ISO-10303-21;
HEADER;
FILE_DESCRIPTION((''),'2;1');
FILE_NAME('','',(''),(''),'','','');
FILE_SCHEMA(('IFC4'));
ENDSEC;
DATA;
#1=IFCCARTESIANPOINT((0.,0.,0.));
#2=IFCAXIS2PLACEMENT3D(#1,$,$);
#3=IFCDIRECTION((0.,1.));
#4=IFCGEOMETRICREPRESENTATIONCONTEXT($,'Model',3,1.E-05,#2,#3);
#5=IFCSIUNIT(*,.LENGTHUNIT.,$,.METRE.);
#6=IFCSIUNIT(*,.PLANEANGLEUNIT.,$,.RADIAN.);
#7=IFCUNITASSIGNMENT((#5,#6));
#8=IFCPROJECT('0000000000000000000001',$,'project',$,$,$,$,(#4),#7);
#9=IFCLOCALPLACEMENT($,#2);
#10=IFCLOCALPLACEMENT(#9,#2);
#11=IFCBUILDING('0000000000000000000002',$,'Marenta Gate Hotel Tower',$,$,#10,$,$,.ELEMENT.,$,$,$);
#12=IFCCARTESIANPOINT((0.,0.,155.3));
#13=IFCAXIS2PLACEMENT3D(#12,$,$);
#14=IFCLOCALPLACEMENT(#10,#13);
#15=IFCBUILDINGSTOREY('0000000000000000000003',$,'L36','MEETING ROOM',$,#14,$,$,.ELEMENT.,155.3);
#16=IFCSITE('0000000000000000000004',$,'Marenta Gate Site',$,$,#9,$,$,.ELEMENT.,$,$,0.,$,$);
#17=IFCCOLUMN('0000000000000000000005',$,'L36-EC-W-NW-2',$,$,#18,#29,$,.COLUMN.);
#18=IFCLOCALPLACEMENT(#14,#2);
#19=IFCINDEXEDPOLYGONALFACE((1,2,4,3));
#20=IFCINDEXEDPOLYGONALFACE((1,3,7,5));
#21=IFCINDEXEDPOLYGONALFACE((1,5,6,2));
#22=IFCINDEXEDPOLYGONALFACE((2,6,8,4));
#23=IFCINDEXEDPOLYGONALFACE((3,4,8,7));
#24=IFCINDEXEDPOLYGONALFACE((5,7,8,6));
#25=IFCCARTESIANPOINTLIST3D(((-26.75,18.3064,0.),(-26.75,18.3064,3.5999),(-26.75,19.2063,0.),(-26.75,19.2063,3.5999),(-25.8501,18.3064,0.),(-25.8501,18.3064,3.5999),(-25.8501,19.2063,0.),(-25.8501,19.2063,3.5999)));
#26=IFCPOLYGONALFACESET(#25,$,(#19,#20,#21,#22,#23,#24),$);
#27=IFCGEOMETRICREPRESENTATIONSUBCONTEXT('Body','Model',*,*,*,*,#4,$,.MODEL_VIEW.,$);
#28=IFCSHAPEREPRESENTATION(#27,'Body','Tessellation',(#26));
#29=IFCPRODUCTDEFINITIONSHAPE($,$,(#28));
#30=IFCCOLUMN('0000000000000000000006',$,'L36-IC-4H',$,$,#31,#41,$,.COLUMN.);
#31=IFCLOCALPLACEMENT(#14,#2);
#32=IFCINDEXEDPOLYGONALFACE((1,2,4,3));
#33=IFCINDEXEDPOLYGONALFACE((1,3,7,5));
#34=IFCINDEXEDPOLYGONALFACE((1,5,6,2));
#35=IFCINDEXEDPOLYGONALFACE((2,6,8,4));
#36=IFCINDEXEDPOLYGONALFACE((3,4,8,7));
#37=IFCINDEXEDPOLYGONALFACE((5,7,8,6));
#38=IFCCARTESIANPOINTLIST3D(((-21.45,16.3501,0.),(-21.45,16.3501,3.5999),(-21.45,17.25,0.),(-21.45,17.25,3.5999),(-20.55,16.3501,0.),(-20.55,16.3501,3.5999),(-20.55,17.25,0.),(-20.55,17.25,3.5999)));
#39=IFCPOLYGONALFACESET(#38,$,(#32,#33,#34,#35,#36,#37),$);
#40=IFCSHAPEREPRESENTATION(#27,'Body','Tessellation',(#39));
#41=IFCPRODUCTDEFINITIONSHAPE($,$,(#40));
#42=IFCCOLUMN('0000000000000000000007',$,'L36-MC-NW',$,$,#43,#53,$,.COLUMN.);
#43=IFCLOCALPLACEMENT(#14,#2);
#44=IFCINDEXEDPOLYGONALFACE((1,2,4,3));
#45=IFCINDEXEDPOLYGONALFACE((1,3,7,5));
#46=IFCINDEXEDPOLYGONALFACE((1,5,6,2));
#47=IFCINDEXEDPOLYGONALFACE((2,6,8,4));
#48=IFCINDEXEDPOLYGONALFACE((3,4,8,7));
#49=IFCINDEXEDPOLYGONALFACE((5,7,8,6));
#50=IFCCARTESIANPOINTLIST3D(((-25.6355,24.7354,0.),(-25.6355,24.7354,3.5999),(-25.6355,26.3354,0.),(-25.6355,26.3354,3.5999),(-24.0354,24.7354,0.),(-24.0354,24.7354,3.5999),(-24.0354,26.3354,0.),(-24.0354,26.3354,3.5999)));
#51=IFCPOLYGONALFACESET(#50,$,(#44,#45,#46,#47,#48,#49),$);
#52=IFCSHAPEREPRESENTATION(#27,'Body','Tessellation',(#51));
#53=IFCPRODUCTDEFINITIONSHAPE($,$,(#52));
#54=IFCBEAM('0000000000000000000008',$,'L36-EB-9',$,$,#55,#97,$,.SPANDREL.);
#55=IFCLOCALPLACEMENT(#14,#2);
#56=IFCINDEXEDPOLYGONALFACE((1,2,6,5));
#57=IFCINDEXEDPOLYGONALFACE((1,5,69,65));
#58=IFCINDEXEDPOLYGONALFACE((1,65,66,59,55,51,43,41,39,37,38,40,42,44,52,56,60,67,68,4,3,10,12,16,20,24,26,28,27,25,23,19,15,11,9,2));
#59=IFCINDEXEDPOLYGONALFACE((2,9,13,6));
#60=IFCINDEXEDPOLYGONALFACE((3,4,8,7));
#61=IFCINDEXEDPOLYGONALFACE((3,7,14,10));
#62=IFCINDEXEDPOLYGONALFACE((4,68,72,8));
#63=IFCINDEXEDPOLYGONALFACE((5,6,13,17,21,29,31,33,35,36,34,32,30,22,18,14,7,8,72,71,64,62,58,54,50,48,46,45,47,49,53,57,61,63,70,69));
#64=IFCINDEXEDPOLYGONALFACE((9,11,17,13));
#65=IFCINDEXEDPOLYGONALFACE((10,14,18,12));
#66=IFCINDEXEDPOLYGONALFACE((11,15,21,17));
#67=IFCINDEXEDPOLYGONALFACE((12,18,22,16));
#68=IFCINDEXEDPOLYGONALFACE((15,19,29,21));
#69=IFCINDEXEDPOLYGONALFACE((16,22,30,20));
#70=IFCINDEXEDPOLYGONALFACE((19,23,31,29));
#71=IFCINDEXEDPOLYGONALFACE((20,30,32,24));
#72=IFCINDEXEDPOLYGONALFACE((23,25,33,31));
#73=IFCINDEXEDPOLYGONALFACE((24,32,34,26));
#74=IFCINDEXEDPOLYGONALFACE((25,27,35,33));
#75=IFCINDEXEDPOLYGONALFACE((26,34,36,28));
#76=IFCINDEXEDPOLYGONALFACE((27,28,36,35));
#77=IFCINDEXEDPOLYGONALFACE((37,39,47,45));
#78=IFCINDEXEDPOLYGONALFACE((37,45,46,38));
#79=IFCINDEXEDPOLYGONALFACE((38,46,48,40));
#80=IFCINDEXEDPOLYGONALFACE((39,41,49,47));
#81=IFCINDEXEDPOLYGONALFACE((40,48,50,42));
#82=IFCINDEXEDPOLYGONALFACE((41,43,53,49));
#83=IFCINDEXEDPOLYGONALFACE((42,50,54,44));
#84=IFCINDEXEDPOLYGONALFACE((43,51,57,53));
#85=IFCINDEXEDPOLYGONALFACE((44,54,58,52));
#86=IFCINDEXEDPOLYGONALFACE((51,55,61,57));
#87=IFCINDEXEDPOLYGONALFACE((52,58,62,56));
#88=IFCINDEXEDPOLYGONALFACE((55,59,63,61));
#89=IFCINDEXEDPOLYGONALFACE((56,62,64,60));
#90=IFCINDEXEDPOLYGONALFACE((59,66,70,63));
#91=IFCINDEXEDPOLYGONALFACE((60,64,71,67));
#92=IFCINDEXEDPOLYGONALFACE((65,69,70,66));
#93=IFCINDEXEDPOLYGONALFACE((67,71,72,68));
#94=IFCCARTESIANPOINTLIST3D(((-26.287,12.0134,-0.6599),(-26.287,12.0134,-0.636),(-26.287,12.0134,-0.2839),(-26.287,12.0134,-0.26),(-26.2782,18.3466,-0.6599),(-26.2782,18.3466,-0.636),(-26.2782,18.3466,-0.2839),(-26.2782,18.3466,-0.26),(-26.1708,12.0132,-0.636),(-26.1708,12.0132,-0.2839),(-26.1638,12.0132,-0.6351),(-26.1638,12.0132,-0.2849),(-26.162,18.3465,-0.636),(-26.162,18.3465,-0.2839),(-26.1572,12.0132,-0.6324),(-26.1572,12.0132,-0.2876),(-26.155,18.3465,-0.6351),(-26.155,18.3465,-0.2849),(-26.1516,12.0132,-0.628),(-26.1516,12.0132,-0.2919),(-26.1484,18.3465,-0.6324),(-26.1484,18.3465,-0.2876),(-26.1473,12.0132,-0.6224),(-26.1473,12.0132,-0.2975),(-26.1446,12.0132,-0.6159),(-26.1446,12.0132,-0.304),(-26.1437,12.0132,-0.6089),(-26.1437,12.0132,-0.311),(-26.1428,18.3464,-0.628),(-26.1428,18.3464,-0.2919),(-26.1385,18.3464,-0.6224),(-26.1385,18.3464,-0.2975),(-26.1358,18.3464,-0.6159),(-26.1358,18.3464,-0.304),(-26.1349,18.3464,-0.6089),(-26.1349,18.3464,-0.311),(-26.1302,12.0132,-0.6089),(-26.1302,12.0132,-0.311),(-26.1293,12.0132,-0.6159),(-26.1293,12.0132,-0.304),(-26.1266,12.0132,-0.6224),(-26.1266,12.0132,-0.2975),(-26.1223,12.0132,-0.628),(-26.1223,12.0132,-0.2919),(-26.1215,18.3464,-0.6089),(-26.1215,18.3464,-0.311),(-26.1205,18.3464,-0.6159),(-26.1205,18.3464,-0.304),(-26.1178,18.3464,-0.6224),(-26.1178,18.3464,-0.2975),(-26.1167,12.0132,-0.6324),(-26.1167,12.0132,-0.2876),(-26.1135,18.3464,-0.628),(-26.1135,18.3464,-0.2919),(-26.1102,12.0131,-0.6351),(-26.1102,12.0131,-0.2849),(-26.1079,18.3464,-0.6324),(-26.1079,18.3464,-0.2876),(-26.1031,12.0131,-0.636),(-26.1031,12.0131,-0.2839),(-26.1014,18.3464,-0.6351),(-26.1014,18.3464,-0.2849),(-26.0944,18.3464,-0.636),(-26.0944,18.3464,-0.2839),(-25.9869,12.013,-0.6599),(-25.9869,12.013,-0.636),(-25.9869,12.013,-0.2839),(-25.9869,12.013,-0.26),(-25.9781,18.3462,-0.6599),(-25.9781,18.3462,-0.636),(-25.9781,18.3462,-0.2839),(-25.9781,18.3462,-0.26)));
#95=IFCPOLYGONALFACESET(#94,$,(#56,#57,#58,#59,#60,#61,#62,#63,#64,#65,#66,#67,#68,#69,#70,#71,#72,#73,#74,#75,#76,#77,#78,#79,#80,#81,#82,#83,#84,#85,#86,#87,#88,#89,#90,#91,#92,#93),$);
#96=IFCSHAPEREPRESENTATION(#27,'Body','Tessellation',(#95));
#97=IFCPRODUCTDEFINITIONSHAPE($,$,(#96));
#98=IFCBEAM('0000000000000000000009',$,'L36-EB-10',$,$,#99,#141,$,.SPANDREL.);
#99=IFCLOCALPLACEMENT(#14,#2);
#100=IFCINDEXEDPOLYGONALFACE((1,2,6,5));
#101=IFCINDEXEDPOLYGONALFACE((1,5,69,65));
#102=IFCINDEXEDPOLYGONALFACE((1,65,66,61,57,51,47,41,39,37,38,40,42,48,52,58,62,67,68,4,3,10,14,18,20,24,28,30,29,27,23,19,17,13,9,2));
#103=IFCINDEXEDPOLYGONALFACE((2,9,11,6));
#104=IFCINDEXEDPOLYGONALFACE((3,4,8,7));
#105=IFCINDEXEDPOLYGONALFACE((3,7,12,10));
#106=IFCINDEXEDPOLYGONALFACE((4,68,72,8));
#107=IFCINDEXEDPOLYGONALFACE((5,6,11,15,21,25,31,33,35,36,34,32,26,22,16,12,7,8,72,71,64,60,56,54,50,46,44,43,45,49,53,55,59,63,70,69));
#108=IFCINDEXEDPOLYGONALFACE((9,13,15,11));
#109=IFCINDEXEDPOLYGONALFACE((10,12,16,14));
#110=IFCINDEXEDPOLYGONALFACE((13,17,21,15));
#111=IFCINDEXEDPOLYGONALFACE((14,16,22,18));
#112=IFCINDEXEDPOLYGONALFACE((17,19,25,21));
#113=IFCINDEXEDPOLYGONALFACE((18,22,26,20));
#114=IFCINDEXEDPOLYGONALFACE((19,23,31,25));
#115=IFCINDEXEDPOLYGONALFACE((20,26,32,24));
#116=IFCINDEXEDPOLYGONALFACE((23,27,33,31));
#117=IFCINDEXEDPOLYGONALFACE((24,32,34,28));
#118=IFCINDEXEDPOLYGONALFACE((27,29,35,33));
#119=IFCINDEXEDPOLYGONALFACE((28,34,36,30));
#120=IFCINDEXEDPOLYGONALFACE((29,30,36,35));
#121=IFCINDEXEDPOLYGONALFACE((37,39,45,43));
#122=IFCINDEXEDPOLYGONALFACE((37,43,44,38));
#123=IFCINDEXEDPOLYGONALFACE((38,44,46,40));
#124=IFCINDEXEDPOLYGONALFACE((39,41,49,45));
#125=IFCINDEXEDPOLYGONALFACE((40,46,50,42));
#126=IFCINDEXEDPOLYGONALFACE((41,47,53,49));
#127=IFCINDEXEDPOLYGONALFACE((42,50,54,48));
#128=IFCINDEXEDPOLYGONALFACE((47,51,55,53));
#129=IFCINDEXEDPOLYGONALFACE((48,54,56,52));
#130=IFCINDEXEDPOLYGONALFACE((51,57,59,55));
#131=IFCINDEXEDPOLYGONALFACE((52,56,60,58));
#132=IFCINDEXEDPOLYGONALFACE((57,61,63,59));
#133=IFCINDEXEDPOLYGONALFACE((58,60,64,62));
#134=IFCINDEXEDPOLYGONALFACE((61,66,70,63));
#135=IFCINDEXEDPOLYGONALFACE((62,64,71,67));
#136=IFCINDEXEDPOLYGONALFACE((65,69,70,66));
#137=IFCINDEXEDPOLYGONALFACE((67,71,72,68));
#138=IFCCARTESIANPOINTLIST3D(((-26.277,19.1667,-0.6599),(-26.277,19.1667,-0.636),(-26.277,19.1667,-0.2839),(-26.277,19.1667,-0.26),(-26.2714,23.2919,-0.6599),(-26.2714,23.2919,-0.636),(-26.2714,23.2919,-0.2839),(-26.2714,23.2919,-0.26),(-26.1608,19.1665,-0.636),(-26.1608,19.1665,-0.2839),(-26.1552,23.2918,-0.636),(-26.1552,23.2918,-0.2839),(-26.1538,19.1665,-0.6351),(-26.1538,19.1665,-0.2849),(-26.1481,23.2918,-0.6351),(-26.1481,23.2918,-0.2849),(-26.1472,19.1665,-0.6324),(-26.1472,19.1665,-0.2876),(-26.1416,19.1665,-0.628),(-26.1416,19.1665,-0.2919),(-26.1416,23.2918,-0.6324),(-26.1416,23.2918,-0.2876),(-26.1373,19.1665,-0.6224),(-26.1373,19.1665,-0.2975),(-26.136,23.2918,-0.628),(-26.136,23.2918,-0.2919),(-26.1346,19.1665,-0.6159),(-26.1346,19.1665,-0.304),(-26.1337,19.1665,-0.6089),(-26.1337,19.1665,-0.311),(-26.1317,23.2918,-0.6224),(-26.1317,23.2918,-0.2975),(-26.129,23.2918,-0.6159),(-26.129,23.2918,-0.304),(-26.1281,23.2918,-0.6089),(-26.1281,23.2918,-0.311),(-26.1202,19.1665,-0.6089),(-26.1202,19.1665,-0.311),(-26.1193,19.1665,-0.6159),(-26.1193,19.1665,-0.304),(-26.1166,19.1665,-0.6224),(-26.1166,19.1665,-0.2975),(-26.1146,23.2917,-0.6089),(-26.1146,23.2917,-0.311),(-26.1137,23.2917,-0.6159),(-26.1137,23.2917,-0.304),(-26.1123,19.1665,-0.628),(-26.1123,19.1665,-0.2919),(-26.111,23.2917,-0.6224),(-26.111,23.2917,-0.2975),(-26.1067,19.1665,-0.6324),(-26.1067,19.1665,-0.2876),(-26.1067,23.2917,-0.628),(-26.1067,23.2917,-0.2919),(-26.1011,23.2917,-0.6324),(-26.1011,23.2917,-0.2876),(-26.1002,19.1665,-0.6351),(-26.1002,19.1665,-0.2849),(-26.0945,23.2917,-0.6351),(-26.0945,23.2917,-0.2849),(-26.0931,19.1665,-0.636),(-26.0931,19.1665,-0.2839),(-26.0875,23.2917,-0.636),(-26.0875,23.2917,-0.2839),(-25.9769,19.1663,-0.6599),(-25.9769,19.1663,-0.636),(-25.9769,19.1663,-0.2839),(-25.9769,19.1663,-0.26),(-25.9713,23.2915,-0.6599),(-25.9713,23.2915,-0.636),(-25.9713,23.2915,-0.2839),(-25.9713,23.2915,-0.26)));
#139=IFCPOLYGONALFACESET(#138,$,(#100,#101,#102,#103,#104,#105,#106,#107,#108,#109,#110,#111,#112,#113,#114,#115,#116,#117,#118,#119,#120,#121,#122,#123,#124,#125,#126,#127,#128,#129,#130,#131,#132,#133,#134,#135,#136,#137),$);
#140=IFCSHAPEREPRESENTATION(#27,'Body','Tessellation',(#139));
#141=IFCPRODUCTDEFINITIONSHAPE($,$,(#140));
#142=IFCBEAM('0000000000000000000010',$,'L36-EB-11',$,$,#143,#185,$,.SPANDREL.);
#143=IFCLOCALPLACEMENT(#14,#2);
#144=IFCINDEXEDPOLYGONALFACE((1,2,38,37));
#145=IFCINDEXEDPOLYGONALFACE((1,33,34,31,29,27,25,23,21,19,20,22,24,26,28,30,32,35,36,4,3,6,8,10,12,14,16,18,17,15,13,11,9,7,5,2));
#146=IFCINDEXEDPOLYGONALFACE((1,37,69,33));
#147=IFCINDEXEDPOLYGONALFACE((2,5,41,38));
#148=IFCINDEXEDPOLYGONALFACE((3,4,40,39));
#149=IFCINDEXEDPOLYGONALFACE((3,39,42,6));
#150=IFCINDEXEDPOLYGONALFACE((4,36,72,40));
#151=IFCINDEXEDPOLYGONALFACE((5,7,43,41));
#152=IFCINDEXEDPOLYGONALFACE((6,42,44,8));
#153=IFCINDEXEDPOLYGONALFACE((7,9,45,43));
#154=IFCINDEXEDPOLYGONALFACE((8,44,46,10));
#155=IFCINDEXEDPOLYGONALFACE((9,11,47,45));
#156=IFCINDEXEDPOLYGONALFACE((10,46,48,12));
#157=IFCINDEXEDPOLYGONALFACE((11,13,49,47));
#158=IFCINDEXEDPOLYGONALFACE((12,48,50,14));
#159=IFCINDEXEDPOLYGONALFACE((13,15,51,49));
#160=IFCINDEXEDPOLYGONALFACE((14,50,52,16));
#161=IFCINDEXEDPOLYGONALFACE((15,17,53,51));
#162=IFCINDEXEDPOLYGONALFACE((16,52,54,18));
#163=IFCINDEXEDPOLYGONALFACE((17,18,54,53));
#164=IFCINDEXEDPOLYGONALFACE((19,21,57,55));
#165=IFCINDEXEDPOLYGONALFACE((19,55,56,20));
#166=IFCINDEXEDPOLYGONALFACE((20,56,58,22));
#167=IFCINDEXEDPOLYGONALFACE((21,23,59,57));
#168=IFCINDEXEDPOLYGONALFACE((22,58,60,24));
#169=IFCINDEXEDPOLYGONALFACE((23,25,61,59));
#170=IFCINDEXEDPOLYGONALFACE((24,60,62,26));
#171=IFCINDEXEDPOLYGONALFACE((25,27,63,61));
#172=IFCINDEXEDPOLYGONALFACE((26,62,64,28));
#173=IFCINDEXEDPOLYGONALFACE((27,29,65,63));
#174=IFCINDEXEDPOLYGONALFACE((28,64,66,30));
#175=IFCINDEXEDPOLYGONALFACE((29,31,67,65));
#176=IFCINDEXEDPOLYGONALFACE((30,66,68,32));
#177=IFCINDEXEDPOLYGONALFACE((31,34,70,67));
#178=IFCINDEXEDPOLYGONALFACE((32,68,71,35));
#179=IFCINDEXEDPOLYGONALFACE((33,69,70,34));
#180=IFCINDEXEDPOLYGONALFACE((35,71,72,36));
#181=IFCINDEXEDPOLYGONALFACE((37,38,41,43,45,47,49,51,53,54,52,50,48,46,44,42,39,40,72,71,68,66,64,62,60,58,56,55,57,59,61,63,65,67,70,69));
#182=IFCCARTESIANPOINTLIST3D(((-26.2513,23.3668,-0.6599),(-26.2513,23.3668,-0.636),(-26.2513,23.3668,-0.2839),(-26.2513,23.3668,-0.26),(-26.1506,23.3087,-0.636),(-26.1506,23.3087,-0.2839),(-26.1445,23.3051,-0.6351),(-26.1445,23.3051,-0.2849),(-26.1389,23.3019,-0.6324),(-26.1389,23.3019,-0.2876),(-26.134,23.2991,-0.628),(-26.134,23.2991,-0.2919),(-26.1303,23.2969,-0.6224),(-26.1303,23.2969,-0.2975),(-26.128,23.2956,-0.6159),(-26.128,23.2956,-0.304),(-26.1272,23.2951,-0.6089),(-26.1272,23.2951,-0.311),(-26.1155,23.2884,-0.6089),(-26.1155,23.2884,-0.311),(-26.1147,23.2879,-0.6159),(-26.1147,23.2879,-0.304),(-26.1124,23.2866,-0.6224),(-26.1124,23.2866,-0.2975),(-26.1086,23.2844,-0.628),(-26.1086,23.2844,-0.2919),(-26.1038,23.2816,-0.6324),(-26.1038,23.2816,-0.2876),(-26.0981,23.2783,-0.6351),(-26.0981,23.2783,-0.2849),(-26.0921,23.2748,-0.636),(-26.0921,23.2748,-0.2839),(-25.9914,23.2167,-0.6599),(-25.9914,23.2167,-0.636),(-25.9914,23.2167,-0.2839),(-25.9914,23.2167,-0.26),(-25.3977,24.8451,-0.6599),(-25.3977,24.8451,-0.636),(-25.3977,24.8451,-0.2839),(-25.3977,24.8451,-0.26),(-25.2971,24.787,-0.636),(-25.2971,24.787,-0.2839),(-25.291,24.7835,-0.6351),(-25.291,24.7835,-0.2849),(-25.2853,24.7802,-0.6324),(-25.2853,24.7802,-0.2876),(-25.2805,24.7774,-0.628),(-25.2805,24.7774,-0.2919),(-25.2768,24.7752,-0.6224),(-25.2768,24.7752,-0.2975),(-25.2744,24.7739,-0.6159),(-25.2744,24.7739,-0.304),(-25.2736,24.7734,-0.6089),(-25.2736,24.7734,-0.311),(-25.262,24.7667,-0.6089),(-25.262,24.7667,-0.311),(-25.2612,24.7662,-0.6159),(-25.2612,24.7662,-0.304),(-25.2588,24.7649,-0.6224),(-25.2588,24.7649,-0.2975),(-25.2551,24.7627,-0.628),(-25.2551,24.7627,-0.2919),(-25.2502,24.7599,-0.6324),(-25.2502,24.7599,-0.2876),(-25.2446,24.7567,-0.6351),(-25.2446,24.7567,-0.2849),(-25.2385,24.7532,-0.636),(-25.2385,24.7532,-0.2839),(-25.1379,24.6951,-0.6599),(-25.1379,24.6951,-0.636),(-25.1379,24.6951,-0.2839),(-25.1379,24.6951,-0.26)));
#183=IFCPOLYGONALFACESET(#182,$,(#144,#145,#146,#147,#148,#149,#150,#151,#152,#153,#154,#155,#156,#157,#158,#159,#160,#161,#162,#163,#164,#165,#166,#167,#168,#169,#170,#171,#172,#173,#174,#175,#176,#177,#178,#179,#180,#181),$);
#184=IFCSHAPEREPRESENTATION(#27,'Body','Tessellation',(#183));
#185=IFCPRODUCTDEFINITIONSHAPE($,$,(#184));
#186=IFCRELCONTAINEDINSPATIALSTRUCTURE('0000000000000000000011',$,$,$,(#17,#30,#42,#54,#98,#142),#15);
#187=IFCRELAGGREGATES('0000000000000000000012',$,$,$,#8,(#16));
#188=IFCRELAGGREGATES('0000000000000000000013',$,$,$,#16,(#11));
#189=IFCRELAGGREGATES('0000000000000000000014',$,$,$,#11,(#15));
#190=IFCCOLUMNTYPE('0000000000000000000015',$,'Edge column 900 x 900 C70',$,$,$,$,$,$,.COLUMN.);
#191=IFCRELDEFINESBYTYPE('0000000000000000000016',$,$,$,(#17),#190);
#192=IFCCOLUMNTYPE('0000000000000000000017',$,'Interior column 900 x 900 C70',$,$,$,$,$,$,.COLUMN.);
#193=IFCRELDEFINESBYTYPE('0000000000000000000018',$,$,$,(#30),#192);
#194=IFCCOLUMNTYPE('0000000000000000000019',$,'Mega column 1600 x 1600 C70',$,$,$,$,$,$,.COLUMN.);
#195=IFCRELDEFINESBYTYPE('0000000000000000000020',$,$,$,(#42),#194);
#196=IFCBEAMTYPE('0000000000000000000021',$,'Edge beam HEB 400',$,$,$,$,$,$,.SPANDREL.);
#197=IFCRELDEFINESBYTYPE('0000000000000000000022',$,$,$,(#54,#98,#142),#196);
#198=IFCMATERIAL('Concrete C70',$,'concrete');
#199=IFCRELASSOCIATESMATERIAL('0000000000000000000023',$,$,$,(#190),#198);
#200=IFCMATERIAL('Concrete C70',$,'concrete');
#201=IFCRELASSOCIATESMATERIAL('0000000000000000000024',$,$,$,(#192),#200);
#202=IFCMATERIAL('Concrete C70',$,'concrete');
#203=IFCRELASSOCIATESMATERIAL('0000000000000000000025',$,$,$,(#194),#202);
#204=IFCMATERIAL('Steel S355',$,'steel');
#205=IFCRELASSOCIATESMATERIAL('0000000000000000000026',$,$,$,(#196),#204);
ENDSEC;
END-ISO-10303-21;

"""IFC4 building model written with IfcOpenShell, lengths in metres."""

from ifc_helpers import new_model, si_unit, direction, frame, origin, origin_2d, place, context, subcontext, project, spatial, rectangle, i_section, extrude, material, material_profile, profile_set, type_object, element, save


model = new_model("IFC4")

# Units and contexts
model_context = context("Model", 3, precision=1e-05, world=origin(), true_north=direction((0.0, 1.0)))
body_context = subcontext(model_context, "Body", "Model", "MODEL_VIEW")
ifc_project = project(units=[si_unit("LENGTHUNIT", "METRE"), si_unit("PLANEANGLEUNIT", "RADIAN")], contexts=[model_context])

# Site, building, storey
site_placement = place(None, origin())
site = spatial("IfcSite", under=ifc_project, at=site_placement, Name="Marenta Gate Site", CompositionType="ELEMENT", RefElevation=0.0)
building_placement = place(site_placement, origin())
building = spatial("IfcBuilding", under=site, at=building_placement, Name="Marenta Gate Hotel Tower", CompositionType="ELEMENT")
storey_placement = place(building_placement, frame((0.0, 0.0, 155.3)))
storey = spatial("IfcBuildingStorey", under=building, at=storey_placement, Name="L36", Description="MEETING ROOM", CompositionType="ELEMENT", Elevation=155.3)

# Columns
ifc_material_1 = material(Name="Concrete C70", Category="concrete")
ifc_material_profile_1 = material_profile(ifc_material_1, rectangle(XDim=0.8999, YDim=0.8999, at=origin_2d()), Name="900 x 900")
ifc_profile_set_1 = profile_set([ifc_material_profile_1], Name="Concrete C70")
column_type_1 = type_object("IfcColumnType", Name="Edge column 900 x 900 C70", PredefinedType="COLUMN", material=ifc_profile_set_1)
column_1_placement = place(storey_placement, frame((-26.3, 18.7563, 0.0), z_axis=(0.0, 0.0, 1.0), x_axis=(1.0, 0.0, 0.0)))
element("IfcColumn", 1, at=column_1_placement, inside=storey, type_object=column_type_1, Name="L36-EC-W-NW-2", PredefinedType="COLUMN", context=body_context, shape_type="SweptSolid", body=[
    extrude(rectangle(XDim=0.8999, YDim=0.8999, at=origin_2d()), origin(), (0.0, 0.0, 1.0), 3.5999),
])
ifc_material_2 = material(Name="Concrete C70", Category="concrete")
ifc_material_profile_2 = material_profile(ifc_material_2, rectangle(XDim=0.8999, YDim=0.8999, at=origin_2d()), Name="900 x 900")
ifc_profile_set_2 = profile_set([ifc_material_profile_2], Name="Concrete C70")
column_type_2 = type_object("IfcColumnType", Name="Interior column 900 x 900 C70", PredefinedType="COLUMN", material=ifc_profile_set_2)
column_2_placement = place(storey_placement, frame((-21.0, 16.8, 0.0), z_axis=(0.0, 0.0, 1.0), x_axis=(1.0, 0.0, 0.0)))
element("IfcColumn", 2, at=column_2_placement, inside=storey, type_object=column_type_2, Name="L36-IC-4H", PredefinedType="COLUMN", context=body_context, shape_type="SweptSolid", body=[
    extrude(rectangle(XDim=0.8999, YDim=0.8999, at=origin_2d()), origin(), (0.0, 0.0, 1.0), 3.5999),
])
ifc_material_3 = material(Name="Concrete C70", Category="concrete")
ifc_material_profile_3 = material_profile(ifc_material_3, rectangle(XDim=1.6001, YDim=1.6001, at=origin_2d()), Name="1600 x 1600")
ifc_profile_set_3 = profile_set([ifc_material_profile_3], Name="Concrete C70")
column_type_3 = type_object("IfcColumnType", Name="Mega column 1600 x 1600 C70", PredefinedType="COLUMN", material=ifc_profile_set_3)
column_3_placement = place(storey_placement, frame((-24.8354, 25.5354, 0.0), z_axis=(0.0, 0.0, 1.0), x_axis=(1.0, 0.0, 0.0)))
element("IfcColumn", 3, at=column_3_placement, inside=storey, type_object=column_type_3, Name="L36-MC-NW", PredefinedType="COLUMN", context=body_context, shape_type="SweptSolid", body=[
    extrude(rectangle(XDim=1.6001, YDim=1.6001, at=origin_2d()), origin(), (0.0, 0.0, 1.0), 3.5999),
])

# Beams
ifc_material_4 = material(Name="Steel S355", Category="steel")
ifc_material_profile_4 = material_profile(ifc_material_4, i_section(OverallWidth=0.3, OverallDepth=0.3999, WebThickness=0.0134, FlangeThickness=0.0239, FilletRadius=0.0271, at=origin_2d()), Name="HEB 400")
ifc_profile_set_4 = profile_set([ifc_material_profile_4], Name="Steel S355")
beam_type_1 = type_object("IfcBeamType", Name="Edge beam HEB 400", PredefinedType="SPANDREL", material=ifc_profile_set_4)
beam_1_placement = place(storey_placement, frame((-26.137, 12.0132, -0.46), z_axis=(0.001388, 0.999999, 0.0), x_axis=(-0.999999, 0.001388, 0.0)))
element("IfcBeam", 4, at=beam_1_placement, inside=storey, type_object=beam_type_1, Name="L36-EB-9", PredefinedType="SPANDREL", context=body_context, shape_type="SweptSolid", body=[
    extrude(i_section(OverallWidth=0.3, OverallDepth=0.3999, WebThickness=0.0134, FlangeThickness=0.0239, FilletRadius=0.0271, at=origin_2d()), origin(), (0.0, 0.0, 1.0), 6.3333),
])
beam_2_placement = place(storey_placement, frame((-26.127, 19.1665, -0.46), z_axis=(0.001361, 0.999999, 0.0), x_axis=(-0.999999, 0.001361, 0.0)))
element("IfcBeam", 5, at=beam_2_placement, inside=storey, type_object=beam_type_1, Name="L36-EB-10", PredefinedType="SPANDREL", context=body_context, shape_type="SweptSolid", body=[
    extrude(i_section(OverallWidth=0.3, OverallDepth=0.3999, WebThickness=0.0134, FlangeThickness=0.0239, FilletRadius=0.0271, at=origin_2d()), origin(), (0.0, 0.0, 1.0), 4.1252),
])
beam_3_placement = place(storey_placement, frame((-26.1213, 23.2917, -0.46), z_axis=(0.500015, 0.866016, 0.0), x_axis=(-0.866016, 0.500015, 0.0)))
element("IfcBeam", 6, at=beam_3_placement, inside=storey, type_object=beam_type_1, Name="L36-EB-11", PredefinedType="SPANDREL", context=body_context, shape_type="SweptSolid", body=[
    extrude(i_section(OverallWidth=0.3, OverallDepth=0.3999, WebThickness=0.0134, FlangeThickness=0.0239, FilletRadius=0.0271, at=origin_2d()), origin(), (0.0, 0.0, 1.0), 1.707),
])

save(model, "model.ifc")
